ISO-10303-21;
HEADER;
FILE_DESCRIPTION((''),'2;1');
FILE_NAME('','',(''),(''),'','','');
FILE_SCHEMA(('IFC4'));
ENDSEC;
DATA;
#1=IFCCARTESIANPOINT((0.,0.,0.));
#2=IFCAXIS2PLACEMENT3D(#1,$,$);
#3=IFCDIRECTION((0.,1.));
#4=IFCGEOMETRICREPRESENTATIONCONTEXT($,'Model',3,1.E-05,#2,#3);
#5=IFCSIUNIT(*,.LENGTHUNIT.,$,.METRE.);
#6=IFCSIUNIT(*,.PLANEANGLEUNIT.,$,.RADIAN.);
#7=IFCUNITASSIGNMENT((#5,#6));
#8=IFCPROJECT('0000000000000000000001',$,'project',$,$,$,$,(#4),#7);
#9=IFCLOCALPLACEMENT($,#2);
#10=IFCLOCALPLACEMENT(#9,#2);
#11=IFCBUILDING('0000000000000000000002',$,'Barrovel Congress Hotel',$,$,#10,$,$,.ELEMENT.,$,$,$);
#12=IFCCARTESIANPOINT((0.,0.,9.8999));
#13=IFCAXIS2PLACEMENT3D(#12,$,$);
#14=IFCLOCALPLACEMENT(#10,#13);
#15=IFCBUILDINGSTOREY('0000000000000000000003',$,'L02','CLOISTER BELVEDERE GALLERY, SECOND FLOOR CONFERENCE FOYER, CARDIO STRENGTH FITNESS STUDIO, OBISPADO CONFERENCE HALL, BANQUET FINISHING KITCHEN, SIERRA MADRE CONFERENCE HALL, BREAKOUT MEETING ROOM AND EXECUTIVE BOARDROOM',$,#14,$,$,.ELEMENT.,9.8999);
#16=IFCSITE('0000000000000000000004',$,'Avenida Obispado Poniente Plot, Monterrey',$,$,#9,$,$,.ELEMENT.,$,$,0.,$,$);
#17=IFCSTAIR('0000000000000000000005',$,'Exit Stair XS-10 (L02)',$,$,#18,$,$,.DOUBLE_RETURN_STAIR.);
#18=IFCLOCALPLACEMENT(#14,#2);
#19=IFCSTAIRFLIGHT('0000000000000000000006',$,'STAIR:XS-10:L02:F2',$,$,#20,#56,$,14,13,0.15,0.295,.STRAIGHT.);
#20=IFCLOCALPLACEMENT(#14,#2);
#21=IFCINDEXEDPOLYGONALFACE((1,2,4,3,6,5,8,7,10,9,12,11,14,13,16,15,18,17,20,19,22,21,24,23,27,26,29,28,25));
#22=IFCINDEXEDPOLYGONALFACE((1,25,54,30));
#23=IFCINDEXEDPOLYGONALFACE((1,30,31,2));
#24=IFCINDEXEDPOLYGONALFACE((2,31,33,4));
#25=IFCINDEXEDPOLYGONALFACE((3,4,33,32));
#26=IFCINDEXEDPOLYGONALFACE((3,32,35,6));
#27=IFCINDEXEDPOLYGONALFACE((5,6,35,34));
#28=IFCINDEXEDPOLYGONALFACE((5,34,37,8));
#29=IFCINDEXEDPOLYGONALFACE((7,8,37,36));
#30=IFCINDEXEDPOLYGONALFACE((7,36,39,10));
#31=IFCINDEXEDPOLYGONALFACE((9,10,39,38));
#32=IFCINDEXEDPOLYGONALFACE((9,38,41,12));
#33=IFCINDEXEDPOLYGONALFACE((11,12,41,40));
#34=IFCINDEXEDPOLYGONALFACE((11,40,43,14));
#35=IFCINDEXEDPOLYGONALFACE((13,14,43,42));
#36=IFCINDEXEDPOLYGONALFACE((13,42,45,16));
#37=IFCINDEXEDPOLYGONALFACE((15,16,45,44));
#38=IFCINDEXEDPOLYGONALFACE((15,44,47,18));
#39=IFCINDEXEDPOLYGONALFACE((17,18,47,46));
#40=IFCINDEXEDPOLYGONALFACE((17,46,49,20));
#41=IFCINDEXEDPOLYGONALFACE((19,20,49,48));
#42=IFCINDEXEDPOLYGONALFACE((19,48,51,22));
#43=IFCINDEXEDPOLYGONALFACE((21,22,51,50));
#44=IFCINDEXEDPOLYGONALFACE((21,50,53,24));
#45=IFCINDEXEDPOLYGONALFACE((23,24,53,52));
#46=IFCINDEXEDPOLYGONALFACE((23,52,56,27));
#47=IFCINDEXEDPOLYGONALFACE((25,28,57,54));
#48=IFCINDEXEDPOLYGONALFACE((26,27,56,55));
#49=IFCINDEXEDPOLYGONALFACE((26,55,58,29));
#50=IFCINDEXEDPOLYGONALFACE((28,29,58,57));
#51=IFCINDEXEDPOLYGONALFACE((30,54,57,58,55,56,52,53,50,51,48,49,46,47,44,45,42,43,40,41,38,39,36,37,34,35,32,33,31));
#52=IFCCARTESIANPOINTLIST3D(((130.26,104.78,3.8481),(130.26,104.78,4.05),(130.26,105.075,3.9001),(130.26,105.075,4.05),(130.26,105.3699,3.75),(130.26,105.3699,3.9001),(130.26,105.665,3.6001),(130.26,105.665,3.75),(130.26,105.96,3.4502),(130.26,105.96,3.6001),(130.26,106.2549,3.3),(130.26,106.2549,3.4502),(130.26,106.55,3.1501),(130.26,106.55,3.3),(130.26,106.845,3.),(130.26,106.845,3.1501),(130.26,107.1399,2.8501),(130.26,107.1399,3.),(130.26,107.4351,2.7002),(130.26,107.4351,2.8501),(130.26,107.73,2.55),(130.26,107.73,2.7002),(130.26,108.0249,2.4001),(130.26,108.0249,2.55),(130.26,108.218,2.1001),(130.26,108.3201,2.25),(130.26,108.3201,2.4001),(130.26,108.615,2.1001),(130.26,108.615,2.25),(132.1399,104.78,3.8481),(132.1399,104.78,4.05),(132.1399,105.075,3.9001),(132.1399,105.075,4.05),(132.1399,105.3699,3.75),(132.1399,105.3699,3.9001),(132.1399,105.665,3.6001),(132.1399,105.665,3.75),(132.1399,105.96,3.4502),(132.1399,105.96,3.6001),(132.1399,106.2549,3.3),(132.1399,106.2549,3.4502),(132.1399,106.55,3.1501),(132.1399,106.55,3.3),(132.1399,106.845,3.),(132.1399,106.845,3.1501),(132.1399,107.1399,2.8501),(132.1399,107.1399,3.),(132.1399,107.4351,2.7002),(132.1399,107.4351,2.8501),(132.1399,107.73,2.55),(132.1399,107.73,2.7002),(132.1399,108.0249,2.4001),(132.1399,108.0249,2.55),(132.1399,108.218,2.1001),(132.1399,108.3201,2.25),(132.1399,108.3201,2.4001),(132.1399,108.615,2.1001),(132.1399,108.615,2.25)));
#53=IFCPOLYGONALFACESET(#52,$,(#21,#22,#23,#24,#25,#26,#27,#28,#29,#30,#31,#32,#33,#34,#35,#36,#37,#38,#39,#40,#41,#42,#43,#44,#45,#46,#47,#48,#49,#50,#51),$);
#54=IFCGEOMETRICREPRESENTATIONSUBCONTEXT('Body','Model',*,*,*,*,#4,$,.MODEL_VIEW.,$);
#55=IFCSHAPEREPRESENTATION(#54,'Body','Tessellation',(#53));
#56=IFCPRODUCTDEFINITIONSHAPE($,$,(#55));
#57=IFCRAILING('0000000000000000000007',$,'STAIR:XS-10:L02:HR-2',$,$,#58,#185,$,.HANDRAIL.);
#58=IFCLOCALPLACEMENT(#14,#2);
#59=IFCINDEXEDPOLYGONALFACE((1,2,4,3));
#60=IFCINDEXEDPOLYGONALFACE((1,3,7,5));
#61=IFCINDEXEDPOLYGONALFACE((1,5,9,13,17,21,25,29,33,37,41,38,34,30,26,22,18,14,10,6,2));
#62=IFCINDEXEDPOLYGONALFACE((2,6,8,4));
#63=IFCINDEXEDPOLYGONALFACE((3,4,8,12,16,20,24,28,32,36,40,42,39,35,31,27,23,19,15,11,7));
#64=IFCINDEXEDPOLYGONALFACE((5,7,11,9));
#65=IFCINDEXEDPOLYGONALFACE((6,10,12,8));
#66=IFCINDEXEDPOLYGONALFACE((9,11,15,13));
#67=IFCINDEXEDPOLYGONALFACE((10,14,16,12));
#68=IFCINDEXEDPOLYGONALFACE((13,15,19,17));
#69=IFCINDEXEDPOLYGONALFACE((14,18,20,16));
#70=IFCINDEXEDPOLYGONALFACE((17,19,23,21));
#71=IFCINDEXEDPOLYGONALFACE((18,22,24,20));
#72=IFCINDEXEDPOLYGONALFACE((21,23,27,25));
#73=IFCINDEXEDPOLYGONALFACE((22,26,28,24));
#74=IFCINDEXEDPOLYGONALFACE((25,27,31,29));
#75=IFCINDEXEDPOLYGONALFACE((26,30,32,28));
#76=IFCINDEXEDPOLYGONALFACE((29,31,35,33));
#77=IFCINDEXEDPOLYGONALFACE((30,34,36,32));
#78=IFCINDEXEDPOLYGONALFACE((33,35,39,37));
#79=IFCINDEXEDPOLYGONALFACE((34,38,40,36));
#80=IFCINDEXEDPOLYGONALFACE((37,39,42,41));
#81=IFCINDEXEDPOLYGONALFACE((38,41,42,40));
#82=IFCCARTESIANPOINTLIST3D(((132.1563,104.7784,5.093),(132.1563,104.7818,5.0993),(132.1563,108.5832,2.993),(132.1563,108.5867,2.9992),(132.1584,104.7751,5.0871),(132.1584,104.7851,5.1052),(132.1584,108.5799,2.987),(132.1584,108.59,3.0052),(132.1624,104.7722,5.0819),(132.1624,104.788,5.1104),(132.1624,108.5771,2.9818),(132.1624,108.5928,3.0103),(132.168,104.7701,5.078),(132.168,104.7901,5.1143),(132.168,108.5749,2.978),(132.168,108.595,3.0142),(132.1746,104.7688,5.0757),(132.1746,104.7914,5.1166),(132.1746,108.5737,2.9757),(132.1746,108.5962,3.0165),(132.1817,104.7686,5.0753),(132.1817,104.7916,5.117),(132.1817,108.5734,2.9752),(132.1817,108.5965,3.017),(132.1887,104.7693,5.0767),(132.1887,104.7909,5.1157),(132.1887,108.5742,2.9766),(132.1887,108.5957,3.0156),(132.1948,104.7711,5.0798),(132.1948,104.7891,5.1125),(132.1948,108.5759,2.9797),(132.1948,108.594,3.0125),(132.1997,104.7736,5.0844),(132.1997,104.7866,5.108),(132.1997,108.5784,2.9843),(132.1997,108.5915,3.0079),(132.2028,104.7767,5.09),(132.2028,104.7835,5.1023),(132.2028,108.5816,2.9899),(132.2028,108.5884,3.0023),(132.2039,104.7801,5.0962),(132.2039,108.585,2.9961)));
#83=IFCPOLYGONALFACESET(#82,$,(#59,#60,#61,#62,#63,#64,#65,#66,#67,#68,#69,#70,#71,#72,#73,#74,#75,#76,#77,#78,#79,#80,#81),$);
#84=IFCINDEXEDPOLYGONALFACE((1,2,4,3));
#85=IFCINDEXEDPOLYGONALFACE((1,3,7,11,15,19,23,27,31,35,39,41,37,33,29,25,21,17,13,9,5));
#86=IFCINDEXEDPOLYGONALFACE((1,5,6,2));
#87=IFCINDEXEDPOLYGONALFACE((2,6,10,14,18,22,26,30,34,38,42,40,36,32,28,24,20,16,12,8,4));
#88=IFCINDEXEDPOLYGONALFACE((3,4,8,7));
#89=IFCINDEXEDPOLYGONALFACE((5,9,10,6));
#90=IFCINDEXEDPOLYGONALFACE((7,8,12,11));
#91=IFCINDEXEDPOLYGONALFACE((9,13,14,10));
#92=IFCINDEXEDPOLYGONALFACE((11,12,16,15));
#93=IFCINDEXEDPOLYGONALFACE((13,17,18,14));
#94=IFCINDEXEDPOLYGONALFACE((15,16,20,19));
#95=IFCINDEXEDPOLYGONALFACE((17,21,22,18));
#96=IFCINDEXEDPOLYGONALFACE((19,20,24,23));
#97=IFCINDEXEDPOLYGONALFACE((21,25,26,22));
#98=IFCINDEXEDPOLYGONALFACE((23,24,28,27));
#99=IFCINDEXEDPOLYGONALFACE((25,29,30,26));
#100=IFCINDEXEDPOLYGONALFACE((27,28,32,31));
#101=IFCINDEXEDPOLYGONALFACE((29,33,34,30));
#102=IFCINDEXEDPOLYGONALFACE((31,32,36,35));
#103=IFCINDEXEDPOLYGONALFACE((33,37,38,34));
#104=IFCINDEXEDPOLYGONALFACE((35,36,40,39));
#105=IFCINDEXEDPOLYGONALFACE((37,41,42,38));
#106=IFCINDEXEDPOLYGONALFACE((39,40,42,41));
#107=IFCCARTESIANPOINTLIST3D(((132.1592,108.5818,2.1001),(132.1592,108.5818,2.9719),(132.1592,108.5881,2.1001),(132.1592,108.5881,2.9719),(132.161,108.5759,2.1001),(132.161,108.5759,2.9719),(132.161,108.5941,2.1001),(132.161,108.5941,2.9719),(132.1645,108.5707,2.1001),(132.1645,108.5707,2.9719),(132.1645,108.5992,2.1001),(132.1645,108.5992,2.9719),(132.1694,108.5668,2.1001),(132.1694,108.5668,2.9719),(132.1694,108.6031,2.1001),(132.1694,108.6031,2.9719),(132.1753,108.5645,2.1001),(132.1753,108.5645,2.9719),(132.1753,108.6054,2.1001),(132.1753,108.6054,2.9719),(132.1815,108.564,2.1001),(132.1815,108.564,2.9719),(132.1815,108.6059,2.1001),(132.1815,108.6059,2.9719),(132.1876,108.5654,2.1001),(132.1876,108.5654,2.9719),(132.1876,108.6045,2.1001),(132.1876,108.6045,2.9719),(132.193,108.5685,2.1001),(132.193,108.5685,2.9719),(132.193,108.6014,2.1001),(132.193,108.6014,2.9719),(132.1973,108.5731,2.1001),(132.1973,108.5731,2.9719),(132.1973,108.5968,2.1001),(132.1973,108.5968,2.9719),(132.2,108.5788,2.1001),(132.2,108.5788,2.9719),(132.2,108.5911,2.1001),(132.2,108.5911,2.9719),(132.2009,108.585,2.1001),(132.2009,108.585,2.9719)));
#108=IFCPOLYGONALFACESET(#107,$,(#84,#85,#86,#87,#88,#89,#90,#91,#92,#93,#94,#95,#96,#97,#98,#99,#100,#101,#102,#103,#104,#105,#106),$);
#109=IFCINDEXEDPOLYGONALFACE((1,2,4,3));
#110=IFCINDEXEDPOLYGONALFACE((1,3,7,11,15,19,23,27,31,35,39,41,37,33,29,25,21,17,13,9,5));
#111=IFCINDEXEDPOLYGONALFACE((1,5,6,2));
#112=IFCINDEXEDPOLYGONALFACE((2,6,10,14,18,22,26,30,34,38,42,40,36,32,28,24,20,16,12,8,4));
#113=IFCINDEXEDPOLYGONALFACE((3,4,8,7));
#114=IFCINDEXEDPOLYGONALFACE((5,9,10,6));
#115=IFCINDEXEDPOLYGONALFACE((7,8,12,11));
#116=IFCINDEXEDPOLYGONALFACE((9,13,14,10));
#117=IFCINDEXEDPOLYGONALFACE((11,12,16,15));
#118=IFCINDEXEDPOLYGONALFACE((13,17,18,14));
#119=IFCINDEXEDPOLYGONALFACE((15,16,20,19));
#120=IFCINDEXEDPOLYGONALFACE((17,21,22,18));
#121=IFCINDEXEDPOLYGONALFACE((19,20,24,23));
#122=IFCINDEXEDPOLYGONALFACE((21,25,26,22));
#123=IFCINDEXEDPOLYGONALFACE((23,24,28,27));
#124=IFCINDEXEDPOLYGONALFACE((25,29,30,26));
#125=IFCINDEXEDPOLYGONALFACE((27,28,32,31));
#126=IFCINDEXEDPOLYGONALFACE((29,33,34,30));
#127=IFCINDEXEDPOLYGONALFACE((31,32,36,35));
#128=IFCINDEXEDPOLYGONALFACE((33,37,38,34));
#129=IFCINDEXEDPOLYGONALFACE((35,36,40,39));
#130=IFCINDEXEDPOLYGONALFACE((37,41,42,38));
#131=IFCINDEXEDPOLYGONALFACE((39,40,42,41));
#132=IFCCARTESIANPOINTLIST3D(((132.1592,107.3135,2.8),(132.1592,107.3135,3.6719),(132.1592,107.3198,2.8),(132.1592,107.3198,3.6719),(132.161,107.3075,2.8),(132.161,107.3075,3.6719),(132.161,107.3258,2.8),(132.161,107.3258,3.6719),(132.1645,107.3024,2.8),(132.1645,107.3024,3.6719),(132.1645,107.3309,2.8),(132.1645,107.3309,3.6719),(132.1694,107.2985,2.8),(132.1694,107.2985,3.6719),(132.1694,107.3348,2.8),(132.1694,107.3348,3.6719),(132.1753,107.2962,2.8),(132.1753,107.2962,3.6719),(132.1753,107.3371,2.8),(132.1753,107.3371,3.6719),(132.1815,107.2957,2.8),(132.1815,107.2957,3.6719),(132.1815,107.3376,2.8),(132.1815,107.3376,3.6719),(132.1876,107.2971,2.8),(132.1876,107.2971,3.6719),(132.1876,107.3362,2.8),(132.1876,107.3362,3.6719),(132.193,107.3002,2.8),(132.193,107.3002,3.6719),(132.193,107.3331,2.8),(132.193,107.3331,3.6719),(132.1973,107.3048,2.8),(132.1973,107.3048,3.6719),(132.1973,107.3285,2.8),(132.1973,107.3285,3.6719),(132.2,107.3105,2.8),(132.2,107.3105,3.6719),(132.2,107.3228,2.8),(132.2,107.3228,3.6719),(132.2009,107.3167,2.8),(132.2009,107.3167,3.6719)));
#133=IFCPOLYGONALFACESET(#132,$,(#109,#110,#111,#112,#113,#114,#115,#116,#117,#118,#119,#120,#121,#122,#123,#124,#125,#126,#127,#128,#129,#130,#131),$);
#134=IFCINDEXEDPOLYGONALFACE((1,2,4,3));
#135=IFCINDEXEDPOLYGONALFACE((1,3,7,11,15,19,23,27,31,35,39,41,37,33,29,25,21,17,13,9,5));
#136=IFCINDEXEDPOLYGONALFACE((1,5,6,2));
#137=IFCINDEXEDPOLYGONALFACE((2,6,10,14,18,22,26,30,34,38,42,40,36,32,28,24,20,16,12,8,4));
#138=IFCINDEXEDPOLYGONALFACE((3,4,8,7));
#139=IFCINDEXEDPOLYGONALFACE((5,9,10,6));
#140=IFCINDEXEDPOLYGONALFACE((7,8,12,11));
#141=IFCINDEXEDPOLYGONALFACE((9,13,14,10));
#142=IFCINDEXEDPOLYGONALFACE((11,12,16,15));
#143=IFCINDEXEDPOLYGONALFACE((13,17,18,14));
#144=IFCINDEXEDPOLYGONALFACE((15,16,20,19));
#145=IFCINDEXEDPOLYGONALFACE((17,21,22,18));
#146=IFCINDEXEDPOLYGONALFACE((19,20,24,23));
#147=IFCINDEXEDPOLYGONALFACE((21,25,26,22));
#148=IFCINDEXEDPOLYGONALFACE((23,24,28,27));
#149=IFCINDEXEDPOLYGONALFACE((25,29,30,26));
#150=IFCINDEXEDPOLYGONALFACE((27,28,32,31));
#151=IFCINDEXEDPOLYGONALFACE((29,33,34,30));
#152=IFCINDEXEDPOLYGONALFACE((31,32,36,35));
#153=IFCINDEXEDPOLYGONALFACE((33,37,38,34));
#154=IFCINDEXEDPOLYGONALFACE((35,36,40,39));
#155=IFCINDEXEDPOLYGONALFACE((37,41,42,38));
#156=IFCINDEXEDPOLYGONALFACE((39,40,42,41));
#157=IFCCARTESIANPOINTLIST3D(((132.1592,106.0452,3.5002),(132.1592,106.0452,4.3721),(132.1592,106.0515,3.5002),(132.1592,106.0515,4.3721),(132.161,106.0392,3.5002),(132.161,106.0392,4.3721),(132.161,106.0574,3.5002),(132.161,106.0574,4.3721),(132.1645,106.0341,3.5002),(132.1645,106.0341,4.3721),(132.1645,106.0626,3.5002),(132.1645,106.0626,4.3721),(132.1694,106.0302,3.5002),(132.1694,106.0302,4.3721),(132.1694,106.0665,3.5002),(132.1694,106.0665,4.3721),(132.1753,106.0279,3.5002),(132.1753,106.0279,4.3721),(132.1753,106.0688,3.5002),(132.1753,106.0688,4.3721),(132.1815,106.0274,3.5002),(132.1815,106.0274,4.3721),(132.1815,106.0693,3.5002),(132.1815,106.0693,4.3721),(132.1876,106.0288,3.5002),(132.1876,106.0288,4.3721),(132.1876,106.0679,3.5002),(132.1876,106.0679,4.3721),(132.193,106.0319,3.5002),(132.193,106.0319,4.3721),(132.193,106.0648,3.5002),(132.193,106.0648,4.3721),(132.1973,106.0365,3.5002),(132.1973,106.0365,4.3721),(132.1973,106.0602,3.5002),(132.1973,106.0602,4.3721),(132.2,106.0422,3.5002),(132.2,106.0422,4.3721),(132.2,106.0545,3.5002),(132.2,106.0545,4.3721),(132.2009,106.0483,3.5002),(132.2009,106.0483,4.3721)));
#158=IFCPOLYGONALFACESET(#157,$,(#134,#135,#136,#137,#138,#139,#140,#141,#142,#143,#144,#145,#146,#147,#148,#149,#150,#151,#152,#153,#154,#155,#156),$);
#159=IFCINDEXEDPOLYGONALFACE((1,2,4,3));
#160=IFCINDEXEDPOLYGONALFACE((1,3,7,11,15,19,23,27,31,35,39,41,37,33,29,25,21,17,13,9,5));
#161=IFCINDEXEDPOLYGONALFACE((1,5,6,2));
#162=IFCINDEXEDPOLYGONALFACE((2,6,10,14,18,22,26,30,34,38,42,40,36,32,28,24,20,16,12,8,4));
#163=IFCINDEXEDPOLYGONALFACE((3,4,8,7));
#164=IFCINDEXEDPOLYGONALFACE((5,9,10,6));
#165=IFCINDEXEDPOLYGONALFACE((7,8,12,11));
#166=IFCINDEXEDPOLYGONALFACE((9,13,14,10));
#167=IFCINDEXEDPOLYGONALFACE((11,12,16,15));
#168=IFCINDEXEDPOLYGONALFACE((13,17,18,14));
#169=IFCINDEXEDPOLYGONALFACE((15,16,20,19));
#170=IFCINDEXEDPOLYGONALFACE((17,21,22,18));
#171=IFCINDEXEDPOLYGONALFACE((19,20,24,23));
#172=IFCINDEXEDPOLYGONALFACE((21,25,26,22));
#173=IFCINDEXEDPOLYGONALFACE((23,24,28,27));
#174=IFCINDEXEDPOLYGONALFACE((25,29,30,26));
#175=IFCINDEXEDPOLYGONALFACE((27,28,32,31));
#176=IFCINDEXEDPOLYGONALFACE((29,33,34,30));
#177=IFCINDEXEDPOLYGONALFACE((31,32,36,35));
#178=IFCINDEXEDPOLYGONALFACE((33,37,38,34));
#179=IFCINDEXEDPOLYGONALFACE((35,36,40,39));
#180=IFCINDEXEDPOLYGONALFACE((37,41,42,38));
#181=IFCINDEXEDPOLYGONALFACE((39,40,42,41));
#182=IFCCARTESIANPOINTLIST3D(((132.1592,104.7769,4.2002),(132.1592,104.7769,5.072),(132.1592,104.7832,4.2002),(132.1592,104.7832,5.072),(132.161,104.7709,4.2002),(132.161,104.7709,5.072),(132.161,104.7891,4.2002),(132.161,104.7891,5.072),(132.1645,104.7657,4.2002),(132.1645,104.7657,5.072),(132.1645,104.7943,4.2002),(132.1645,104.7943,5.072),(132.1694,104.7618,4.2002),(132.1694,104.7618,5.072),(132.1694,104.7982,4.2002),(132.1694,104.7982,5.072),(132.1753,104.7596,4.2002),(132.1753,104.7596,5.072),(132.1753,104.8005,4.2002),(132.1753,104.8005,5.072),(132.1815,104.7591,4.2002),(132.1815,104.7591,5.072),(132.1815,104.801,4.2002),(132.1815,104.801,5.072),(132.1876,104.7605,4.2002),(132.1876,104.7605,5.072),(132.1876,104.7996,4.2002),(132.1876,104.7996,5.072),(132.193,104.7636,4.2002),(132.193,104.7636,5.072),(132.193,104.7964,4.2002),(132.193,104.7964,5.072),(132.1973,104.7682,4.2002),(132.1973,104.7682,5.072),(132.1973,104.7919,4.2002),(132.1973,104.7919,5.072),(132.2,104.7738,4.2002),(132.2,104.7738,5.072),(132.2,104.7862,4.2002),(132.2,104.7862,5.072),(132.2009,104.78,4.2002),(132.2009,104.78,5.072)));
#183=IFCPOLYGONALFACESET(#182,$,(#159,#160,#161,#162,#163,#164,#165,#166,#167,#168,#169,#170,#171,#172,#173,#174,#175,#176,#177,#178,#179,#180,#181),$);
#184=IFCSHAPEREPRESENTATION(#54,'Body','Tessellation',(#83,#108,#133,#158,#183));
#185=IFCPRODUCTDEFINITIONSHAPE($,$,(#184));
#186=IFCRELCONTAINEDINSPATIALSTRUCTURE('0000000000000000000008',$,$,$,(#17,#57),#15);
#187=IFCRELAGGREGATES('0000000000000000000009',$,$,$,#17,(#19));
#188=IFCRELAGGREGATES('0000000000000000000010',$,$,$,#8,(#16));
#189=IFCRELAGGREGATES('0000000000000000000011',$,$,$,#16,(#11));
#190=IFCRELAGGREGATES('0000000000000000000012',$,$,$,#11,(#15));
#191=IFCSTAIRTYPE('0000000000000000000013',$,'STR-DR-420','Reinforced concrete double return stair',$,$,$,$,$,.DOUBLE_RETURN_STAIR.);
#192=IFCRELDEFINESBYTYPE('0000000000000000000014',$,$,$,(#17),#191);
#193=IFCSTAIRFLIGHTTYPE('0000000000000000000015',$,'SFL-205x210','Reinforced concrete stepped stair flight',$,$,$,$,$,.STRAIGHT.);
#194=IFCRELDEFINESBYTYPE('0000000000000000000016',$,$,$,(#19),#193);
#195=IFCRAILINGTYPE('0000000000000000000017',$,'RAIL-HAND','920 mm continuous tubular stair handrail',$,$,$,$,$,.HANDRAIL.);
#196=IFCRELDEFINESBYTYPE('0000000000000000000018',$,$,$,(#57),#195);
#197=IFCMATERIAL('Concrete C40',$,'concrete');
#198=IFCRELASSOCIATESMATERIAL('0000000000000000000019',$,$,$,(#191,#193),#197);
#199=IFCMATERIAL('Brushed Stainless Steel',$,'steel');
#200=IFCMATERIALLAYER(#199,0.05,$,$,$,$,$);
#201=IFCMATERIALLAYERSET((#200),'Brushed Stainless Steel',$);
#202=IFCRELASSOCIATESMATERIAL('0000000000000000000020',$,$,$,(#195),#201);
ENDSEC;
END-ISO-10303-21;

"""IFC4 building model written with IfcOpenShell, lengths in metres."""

from ifc_helpers import new_model, si_unit, direction, frame, origin, origin_2d, place, context, subcontext, project, spatial, polyline, circle, outline, extrude, material, layer, layer_set, type_object, element, aggregate, save


model = new_model("IFC4")

# Units and contexts
model_context = context("Model", 3, precision=1e-05, world=origin(), true_north=direction((0.0, 1.0)))
body_context = subcontext(model_context, "Body", "Model", "MODEL_VIEW")
ifc_project = project(units=[si_unit("LENGTHUNIT", "METRE"), si_unit("PLANEANGLEUNIT", "RADIAN")], contexts=[model_context])

# Site, building, storey
site_placement = place(None, origin())
site = spatial("IfcSite", under=ifc_project, at=site_placement, Name="Avenida Obispado Poniente Plot, Monterrey", CompositionType="ELEMENT", RefElevation=0.0)
building_placement = place(site_placement, origin())
building = spatial("IfcBuilding", under=site, at=building_placement, Name="Barrovel Congress Hotel", CompositionType="ELEMENT")
storey_placement = place(building_placement, frame((0.0, 0.0, 9.8999)))
storey = spatial("IfcBuildingStorey", under=building, at=storey_placement, Name="L02", Description="CLOISTER BELVEDERE GALLERY, SECOND FLOOR CONFERENCE FOYER, CARDIO STRENGTH FITNESS STUDIO, OBISPADO CONFERENCE HALL, BANQUET FINISHING KITCHEN, SIERRA MADRE CONFERENCE HALL, BREAKOUT MEETING ROOM AND EXECUTIVE BOARDROOM", CompositionType="ELEMENT", Elevation=9.8999)

# Shared definitions
ifc_material_1 = material(Name="Concrete C40", Category="concrete")

# Stair, stair flight
stair_type = type_object("IfcStairType", Name="STR-DR-420", Description="Reinforced concrete double return stair", PredefinedType="DOUBLE_RETURN_STAIR", material=ifc_material_1)
stair_placement = place(storey_placement, origin())
stair = element("IfcStair", 1, at=stair_placement, inside=storey, type_object=stair_type, Name="Exit Stair XS-10 (L02)", PredefinedType="DOUBLE_RETURN_STAIR")
stair_flight_type = type_object("IfcStairFlightType", Name="SFL-205x210", Description="Reinforced concrete stepped stair flight", PredefinedType="STRAIGHT", material=ifc_material_1)
stair_flight_placement = place(storey_placement, frame((131.2, 108.615, 2.1001), z_axis=(0.0, 0.0, 1.0), x_axis=(0.0, -1.0, 0.0)))
stair_flight = element("IfcStairFlight", 2, at=stair_flight_placement, type_object=stair_flight_type, Name="STAIR:XS-10:L02:F2", NumberOfRisers=14, NumberOfTreads=13, PredefinedType="STRAIGHT", RiserHeight=0.15, TreadLength=0.295, context=body_context, shape_type="SweptSolid", body=[
    extrude(outline(polyline([(0.0, 0.0), (0.0, 0.1499), (0.2949, 0.1499), (0.2949, 0.3), (0.5901, 0.3), (0.5901, 0.45), (0.885, 0.45), (0.885, 0.6001), (1.1799, 0.6001), (1.1799, 0.75), (1.4751, 0.75), (1.4751, 0.8999), (1.77, 0.8999), (1.77, 1.05), (2.0649, 1.05), (2.0649, 1.2), (2.3601, 1.2), (2.3601, 1.3501), (2.655, 1.3501), (2.655, 1.5), (2.95, 1.5), (2.95, 1.6499), (3.2451, 1.6499), (3.2451, 1.8), (3.54, 1.8), (3.54, 1.95), (3.835, 1.95), (3.835, 2.1001), (3.835, 1.748), (0.397, 0.0), (0.0, 0.0)])), frame((0.0, 0.9399, 0.0), z_axis=(0.0, -1.0, 0.0), x_axis=(1.0, 0.0, 0.0)), (0.0, 0.0, 1.0), 1.8799),
])
aggregate(stair, [stair_flight])

# Railing
ifc_material_2 = material(Name="Brushed Stainless Steel", Category="steel")
ifc_layer_1 = layer(ifc_material_2, 0.05)
ifc_layer_set_1 = layer_set([ifc_layer_1], Name="Brushed Stainless Steel")
railing_type = type_object("IfcRailingType", Name="RAIL-HAND", Description="920 mm continuous tubular stair handrail", PredefinedType="HANDRAIL", material=ifc_layer_set_1)
railing_placement = place(storey_placement, frame((132.1799, 108.585, 2.1001)))
element("IfcRailing", 3, at=railing_placement, inside=storey, type_object=railing_type, Name="STAIR:XS-10:L02:HR-2", PredefinedType="HANDRAIL", context=body_context, shape_type="SweptSolid", body=[
    extrude(circle(Radius=0.0239, at=origin_2d()), frame((0.0, 0.0, 0.896), z_axis=(0.0, -0.875497, 0.483223), x_axis=(1.0, 0.0, 0.0)), (0.0, 0.0, 1.0), 4.3459),
    extrude(circle(Radius=0.021, at=origin_2d()), origin(), (0.0, 0.0, 1.0), 0.8718),
    extrude(circle(Radius=0.021, at=origin_2d()), frame((0.0, -1.2683, 0.7)), (0.0, 0.0, 1.0), 0.8718),
    extrude(circle(Radius=0.021, at=origin_2d()), frame((0.0, -2.5366, 1.4001)), (0.0, 0.0, 1.0), 0.8718),
    extrude(circle(Radius=0.021, at=origin_2d()), frame((0.0, -3.8049, 2.1001)), (0.0, 0.0, 1.0), 0.8718),
])

save(model, "model.ifc")
